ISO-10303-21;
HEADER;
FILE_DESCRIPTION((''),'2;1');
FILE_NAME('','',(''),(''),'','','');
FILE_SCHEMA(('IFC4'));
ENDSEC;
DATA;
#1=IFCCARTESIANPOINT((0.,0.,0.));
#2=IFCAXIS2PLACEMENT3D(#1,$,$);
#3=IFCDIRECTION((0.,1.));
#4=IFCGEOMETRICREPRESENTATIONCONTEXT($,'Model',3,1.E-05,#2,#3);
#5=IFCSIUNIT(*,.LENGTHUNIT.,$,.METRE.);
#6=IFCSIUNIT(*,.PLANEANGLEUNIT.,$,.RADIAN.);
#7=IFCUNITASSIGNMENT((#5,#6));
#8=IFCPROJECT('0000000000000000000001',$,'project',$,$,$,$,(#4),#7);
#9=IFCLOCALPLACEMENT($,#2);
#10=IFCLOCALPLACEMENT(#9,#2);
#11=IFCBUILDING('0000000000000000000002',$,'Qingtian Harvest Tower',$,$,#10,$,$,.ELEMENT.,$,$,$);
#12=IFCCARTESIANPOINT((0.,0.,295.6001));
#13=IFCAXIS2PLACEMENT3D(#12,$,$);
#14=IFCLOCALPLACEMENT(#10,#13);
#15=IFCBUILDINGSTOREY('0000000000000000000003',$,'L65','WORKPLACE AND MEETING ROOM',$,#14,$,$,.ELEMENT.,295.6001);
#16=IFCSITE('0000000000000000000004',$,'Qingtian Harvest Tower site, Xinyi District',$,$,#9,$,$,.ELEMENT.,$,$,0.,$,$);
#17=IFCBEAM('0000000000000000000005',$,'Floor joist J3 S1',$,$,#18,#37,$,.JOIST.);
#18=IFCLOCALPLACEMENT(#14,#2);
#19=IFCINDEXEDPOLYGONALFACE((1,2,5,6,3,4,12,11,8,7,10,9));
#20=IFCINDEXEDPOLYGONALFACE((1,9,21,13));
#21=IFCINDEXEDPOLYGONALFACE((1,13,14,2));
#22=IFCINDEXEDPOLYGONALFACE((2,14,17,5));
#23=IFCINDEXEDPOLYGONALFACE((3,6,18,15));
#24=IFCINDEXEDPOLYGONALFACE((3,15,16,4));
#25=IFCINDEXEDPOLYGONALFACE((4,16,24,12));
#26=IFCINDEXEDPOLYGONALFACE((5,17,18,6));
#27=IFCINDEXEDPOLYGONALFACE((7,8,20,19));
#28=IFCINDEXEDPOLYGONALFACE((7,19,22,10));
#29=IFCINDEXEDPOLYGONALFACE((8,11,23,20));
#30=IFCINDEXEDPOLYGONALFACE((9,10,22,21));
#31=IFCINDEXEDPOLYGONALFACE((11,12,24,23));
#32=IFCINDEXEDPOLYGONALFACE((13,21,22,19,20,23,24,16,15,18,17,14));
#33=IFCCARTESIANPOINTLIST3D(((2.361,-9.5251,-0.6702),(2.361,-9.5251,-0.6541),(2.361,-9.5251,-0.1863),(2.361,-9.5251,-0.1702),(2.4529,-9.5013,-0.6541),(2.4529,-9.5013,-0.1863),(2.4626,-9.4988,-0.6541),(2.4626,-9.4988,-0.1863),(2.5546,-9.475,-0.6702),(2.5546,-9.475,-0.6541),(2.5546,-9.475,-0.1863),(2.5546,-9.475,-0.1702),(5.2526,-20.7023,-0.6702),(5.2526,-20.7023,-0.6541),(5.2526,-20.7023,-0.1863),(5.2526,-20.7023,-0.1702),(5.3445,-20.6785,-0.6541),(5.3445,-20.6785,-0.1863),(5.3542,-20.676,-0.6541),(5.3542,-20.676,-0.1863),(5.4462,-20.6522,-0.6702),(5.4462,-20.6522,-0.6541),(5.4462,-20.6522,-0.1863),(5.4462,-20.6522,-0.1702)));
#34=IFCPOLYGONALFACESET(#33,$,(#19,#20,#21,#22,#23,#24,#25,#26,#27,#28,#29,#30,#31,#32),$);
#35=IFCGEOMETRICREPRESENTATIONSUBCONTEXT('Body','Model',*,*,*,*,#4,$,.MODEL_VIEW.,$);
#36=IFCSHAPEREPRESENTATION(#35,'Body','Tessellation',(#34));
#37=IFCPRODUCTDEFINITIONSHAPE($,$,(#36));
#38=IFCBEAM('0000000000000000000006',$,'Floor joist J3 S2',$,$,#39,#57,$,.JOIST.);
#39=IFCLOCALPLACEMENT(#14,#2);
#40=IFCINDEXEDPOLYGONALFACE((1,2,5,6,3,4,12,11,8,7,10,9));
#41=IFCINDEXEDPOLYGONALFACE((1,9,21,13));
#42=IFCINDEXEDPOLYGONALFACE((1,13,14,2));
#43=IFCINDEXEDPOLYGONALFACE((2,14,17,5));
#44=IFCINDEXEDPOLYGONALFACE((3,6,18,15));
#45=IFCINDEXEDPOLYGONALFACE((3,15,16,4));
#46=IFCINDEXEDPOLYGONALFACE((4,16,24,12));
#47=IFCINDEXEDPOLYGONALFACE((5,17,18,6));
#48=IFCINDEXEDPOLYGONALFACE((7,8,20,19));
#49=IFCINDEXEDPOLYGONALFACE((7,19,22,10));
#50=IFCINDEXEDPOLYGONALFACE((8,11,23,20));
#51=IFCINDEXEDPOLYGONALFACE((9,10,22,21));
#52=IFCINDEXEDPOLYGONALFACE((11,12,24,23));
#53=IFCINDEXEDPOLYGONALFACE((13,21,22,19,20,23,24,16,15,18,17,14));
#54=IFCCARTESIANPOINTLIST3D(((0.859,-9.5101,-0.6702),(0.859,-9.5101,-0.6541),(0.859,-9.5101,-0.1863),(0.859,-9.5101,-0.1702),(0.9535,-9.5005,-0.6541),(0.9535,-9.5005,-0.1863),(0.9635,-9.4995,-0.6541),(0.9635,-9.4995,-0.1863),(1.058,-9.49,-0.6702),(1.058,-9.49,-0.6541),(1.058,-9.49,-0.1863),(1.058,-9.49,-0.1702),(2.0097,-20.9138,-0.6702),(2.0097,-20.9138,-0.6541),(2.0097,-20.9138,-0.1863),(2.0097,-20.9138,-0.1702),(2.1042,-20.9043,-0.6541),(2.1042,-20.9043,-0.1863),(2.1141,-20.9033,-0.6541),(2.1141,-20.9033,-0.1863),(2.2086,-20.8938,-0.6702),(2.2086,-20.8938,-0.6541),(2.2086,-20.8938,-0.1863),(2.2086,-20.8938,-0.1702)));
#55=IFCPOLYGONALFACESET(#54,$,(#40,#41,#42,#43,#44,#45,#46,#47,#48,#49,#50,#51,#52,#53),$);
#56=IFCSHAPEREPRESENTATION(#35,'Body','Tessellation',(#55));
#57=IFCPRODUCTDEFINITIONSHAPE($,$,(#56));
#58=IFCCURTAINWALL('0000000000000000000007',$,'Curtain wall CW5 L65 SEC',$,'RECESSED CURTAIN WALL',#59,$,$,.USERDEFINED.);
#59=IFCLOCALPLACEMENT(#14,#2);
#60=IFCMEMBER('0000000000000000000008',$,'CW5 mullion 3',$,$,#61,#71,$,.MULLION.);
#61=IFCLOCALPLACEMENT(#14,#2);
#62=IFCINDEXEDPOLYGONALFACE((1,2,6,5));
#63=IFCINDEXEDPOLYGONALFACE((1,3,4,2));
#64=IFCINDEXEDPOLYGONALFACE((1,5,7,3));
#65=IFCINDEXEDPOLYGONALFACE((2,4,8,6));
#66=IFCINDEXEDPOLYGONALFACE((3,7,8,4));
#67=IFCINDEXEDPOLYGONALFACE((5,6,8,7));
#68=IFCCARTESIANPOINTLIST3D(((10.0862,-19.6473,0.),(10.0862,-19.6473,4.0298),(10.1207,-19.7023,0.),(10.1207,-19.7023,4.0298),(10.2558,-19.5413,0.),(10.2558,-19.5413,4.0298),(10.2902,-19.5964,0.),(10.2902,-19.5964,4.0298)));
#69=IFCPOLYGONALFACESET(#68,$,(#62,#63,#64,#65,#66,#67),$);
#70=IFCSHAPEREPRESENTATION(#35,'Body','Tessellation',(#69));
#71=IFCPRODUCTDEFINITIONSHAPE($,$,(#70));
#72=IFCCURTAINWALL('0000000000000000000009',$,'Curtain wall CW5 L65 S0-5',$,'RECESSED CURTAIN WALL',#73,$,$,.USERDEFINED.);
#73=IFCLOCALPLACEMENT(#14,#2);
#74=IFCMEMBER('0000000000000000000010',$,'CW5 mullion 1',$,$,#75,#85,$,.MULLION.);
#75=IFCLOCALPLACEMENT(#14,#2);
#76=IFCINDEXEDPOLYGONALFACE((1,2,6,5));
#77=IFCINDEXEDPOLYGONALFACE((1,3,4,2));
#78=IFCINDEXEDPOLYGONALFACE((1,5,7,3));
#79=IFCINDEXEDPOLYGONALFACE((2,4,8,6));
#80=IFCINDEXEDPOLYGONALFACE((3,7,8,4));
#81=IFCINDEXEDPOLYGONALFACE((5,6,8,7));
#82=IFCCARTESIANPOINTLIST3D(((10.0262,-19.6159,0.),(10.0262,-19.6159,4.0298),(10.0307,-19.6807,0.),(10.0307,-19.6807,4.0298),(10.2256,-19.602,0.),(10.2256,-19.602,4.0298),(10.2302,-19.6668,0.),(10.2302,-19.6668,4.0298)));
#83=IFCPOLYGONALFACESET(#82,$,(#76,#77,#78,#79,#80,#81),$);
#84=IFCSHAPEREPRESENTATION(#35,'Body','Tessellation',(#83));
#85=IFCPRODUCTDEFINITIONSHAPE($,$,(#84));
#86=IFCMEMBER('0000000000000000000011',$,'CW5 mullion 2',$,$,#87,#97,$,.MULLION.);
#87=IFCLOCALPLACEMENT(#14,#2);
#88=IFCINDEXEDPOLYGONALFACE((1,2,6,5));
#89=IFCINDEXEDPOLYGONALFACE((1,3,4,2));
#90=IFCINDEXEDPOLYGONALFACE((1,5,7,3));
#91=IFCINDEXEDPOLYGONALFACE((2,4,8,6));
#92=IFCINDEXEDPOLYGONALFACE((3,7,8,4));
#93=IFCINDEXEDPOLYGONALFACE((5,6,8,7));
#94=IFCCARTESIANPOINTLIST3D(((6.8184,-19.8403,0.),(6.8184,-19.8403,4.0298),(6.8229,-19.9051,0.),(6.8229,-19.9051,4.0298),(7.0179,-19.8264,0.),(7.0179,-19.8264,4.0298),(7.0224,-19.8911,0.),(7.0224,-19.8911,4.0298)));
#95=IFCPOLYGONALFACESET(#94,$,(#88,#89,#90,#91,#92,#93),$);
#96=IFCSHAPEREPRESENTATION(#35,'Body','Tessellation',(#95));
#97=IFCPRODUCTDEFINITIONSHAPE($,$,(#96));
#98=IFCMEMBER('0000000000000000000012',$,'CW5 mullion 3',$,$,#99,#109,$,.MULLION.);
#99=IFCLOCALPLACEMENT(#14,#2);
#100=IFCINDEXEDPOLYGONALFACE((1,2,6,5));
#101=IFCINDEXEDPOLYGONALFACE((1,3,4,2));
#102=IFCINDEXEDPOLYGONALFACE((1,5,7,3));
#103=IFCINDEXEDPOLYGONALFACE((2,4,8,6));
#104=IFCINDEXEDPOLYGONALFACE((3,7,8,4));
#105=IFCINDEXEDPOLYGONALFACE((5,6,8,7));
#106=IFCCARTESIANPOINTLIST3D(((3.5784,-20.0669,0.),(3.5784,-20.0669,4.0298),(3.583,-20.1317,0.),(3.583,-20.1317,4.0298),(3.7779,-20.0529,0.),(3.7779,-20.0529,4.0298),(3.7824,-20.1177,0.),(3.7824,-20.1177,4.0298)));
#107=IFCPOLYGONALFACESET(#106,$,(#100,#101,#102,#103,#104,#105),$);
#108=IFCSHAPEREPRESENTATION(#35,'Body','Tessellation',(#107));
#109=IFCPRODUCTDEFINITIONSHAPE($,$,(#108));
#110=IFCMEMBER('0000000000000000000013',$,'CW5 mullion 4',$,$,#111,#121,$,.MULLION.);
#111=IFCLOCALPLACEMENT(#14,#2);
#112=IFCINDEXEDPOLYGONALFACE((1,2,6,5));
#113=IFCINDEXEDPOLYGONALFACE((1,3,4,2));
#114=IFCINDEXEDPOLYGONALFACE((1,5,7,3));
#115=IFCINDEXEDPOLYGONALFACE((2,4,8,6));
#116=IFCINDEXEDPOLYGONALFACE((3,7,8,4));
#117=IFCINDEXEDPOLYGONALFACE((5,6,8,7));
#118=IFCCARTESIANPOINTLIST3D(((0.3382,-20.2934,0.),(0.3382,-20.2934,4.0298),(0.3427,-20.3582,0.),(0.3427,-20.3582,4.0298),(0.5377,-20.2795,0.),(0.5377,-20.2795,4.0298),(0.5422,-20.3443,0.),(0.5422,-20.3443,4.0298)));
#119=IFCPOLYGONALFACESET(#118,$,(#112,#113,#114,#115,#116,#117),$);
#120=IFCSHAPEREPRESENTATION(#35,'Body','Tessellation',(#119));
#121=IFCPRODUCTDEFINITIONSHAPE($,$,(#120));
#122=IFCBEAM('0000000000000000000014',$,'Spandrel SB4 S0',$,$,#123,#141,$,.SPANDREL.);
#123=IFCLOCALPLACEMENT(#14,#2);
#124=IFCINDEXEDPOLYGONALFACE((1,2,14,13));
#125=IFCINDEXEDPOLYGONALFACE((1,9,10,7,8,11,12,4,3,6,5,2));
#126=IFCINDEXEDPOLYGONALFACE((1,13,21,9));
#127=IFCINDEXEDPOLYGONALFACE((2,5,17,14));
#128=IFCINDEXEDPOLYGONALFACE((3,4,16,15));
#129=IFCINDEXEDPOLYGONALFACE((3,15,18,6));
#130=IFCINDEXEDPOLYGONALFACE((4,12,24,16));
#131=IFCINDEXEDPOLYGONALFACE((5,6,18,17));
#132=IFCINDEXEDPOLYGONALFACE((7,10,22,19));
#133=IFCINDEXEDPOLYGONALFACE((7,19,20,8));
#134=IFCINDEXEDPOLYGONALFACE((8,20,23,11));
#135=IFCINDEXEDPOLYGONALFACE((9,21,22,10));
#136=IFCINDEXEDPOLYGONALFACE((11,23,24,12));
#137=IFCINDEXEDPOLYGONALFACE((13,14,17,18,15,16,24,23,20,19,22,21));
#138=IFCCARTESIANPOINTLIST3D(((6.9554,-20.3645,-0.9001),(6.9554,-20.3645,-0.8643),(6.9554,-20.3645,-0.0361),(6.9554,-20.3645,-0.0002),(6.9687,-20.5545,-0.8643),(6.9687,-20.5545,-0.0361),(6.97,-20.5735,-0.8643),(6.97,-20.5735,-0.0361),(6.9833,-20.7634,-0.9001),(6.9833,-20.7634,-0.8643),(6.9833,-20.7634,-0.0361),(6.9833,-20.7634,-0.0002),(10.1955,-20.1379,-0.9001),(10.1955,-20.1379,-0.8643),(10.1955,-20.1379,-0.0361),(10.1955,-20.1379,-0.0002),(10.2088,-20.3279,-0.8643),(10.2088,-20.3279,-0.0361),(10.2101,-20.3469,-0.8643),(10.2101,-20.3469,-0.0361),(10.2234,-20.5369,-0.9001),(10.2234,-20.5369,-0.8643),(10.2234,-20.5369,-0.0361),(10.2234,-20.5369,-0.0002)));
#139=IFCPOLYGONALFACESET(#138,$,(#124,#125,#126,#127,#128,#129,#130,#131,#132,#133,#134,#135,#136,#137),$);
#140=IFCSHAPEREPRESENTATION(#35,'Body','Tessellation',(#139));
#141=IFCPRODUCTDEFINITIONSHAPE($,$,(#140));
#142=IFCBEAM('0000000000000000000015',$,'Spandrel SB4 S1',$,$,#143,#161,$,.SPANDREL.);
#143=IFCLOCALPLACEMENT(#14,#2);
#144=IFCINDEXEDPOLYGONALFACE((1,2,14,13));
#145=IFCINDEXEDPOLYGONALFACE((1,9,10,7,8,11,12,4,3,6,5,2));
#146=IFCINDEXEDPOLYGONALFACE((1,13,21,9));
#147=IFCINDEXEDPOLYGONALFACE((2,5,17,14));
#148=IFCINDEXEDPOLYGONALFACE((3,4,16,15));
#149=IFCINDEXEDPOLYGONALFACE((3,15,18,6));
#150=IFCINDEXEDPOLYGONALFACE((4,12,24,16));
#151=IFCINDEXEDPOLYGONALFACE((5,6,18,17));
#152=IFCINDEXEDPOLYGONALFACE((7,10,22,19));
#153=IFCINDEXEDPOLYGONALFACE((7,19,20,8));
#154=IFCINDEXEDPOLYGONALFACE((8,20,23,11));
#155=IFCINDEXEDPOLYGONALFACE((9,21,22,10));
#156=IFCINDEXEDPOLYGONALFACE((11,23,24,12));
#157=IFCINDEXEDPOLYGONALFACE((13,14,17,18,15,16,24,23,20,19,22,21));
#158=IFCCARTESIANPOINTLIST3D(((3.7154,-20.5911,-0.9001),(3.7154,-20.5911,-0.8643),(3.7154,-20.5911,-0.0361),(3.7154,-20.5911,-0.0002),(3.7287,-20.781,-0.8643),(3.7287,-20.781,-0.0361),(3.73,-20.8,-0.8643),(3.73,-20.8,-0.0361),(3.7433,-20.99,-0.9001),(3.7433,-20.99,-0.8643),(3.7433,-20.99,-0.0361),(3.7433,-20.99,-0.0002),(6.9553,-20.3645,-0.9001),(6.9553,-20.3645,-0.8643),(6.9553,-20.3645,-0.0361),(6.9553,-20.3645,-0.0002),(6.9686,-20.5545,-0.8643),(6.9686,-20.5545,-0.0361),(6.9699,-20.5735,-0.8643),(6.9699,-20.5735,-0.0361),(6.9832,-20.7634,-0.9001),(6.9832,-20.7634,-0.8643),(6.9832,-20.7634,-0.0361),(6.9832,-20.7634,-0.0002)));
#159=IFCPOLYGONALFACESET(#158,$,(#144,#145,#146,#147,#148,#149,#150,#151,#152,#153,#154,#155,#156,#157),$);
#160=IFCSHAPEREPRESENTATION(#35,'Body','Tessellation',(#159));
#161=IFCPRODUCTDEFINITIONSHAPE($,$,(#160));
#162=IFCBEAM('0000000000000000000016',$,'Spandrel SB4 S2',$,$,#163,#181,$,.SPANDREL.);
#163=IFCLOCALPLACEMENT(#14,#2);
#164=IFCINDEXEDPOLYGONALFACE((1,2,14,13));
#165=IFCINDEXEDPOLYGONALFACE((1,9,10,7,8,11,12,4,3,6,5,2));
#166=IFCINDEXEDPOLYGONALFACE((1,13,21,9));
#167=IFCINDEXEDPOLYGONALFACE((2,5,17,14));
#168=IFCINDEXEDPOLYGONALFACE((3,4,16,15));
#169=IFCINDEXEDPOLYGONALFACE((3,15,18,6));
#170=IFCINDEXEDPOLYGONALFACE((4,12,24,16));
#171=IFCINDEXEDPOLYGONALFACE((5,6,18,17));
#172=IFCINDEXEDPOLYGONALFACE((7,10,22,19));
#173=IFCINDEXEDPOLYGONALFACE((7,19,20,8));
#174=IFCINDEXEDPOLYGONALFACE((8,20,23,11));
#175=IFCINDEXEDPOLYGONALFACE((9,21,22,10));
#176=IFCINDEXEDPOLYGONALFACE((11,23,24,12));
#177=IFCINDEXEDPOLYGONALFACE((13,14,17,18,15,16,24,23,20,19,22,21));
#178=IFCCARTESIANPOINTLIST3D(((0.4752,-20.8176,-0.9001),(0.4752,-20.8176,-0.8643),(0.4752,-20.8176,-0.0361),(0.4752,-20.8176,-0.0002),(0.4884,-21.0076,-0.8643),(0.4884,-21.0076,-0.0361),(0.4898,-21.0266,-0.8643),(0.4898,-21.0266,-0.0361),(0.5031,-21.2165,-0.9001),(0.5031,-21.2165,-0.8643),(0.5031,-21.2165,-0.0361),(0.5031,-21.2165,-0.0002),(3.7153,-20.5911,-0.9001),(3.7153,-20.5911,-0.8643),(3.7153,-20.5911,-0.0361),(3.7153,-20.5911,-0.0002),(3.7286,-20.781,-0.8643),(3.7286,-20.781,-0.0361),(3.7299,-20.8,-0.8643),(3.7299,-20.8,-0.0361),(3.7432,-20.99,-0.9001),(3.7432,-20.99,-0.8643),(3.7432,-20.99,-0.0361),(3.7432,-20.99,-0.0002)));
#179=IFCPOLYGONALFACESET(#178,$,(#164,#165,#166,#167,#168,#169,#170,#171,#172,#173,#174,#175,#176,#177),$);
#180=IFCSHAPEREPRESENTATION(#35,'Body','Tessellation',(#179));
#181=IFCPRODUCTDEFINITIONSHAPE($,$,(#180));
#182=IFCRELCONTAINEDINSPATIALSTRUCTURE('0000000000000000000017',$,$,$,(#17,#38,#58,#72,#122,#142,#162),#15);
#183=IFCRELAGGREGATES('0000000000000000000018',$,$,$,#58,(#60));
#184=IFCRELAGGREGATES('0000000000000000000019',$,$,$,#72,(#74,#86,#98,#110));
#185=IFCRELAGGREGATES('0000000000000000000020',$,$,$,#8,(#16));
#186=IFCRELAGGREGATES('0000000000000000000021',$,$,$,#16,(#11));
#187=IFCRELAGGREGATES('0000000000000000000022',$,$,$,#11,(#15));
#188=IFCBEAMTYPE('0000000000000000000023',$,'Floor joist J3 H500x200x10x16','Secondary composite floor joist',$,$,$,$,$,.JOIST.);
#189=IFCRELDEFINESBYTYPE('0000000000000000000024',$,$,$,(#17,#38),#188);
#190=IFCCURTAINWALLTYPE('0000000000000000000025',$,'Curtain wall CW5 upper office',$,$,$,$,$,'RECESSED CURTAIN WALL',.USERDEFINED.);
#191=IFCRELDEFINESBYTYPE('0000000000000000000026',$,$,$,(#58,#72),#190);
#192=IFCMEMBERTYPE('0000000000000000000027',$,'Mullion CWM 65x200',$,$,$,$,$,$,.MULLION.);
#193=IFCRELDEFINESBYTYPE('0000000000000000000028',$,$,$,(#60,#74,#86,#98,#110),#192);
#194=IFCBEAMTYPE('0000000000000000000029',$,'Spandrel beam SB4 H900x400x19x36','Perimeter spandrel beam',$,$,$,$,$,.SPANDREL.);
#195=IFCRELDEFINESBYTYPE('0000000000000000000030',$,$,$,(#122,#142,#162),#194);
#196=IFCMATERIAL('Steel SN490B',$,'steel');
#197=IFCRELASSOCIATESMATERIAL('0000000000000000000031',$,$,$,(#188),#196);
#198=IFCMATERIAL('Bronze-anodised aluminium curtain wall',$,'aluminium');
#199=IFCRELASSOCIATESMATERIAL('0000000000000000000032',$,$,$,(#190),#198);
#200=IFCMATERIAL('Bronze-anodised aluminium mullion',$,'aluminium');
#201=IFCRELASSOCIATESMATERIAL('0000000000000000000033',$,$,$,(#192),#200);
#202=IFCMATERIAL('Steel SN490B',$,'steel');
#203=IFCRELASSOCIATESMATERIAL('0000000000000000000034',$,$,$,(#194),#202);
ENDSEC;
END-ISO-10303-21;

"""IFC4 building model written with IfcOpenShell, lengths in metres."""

from ifc_helpers import new_model, si_unit, direction, frame, origin, origin_2d, place, context, subcontext, project, spatial, rectangle, i_section, extrude, material, material_profile, profile_set, type_object, element, aggregate, save


model = new_model("IFC4")

# Units and contexts
model_context = context("Model", 3, precision=1e-05, world=origin(), true_north=direction((0.0, 1.0)))
body_context = subcontext(model_context, "Body", "Model", "MODEL_VIEW")
ifc_project = project(units=[si_unit("LENGTHUNIT", "METRE"), si_unit("PLANEANGLEUNIT", "RADIAN")], contexts=[model_context])

# Site, building, storey
site_placement = place(None, origin())
site = spatial("IfcSite", under=ifc_project, at=site_placement, Name="Qingtian Harvest Tower site, Xinyi District", CompositionType="ELEMENT", RefElevation=0.0)
building_placement = place(site_placement, origin())
building = spatial("IfcBuilding", under=site, at=building_placement, Name="Qingtian Harvest Tower", CompositionType="ELEMENT")
storey_placement = place(building_placement, frame((0.0, 0.0, 295.6001)))
storey = spatial("IfcBuildingStorey", under=building, at=storey_placement, Name="L65", Description="WORKPLACE AND MEETING ROOM", CompositionType="ELEMENT", Elevation=295.6001)

# Beams
ifc_material_1 = material(Name="Steel SN490B", Category="steel")
ifc_material_profile_1 = material_profile(ifc_material_1, i_section(OverallWidth=0.2, OverallDepth=0.5, WebThickness=0.01, FlangeThickness=0.0161, at=origin_2d()), Name="H500x200x10x16")
ifc_profile_set_1 = profile_set([ifc_material_profile_1], Name="Steel SN490B")
beam_type_1 = type_object("IfcBeamType", Name="Floor joist J3 H500x200x10x16", Description="Secondary composite floor joist", PredefinedType="JOIST", material=ifc_profile_set_1)
beam_1_placement = place(storey_placement, frame((5.3494, -20.6772, -0.4202), z_axis=(-0.250459, 0.968127, 0.0), x_axis=(-0.968127, -0.250459, 0.0)))
element("IfcBeam", 1, at=beam_1_placement, inside=storey, type_object=beam_type_1, Name="Floor joist J3 S1", PredefinedType="JOIST", context=body_context, shape_type="SweptSolid", body=[
    extrude(i_section(OverallWidth=0.2, OverallDepth=0.5, WebThickness=0.01, FlangeThickness=0.0161, at=origin_2d()), origin(), (0.0, 0.0, 1.0), 11.5452),
])
beam_2_placement = place(storey_placement, frame((2.1091, -20.9038, -0.4202), z_axis=(-0.100389, 0.994948, 0.0), x_axis=(-0.994948, -0.100389, 0.0)))
element("IfcBeam", 2, at=beam_2_placement, inside=storey, type_object=beam_type_1, Name="Floor joist J3 S2", PredefinedType="JOIST", context=body_context, shape_type="SweptSolid", body=[
    extrude(i_section(OverallWidth=0.2, OverallDepth=0.5, WebThickness=0.01, FlangeThickness=0.0161, at=origin_2d()), origin(), (0.0, 0.0, 1.0), 11.4617),
])

# Curtain wall, member
ifc_material_2 = material(Name="Bronze-anodised aluminium curtain wall", Category="aluminium")
curtain_wall_type = type_object("IfcCurtainWallType", Name="Curtain wall CW5 upper office", ElementType="RECESSED CURTAIN WALL", PredefinedType="USERDEFINED", material=ifc_material_2)
curtain_wall_1_placement = place(storey_placement, origin())
curtain_wall_1 = element("IfcCurtainWall", 3, at=curtain_wall_1_placement, inside=storey, type_object=curtain_wall_type, Name="Curtain wall CW5 L65 SEC", ObjectType="RECESSED CURTAIN WALL", PredefinedType="USERDEFINED")
ifc_material_3 = material(Name="Bronze-anodised aluminium mullion", Category="aluminium")
ifc_material_profile_2 = material_profile(ifc_material_3, rectangle(XDim=0.0649, YDim=0.2, at=origin_2d()), Name="AL 65x200")
ifc_profile_set_2 = profile_set([ifc_material_profile_2], Name="Bronze-anodised aluminium mullion")
member_type_1 = type_object("IfcMemberType", Name="Mullion CWM 65x200", PredefinedType="MULLION", material=ifc_profile_set_2)
member_1_placement = place(storey_placement, frame((10.1882, -19.6218, 0.0), z_axis=(0.0, 0.0, 1.0), x_axis=(0.529919, -0.848048, 0.0)))
member_1 = element("IfcMember", 4, at=member_1_placement, type_object=member_type_1, Name="CW5 mullion 3", PredefinedType="MULLION", context=body_context, shape_type="SweptSolid", body=[
    extrude(rectangle(XDim=0.0649, YDim=0.2, at=origin_2d()), origin(), (0.0, 0.0, 1.0), 4.0298),
])

# Curtain wall, members
curtain_wall_2_placement = place(storey_placement, origin())
curtain_wall_2 = element("IfcCurtainWall", 5, at=curtain_wall_2_placement, inside=storey, type_object=curtain_wall_type, Name="Curtain wall CW5 L65 S0-5", ObjectType="RECESSED CURTAIN WALL", PredefinedType="USERDEFINED")
member_2_placement = place(storey_placement, frame((10.1282, -19.6414, 0.0), z_axis=(0.0, 0.0, 1.0), x_axis=(0.069756, -0.997564, 0.0)))
member_2 = element("IfcMember", 6, at=member_2_placement, type_object=member_type_1, Name="CW5 mullion 1", PredefinedType="MULLION", context=body_context, shape_type="SweptSolid", body=[
    extrude(rectangle(XDim=0.0649, YDim=0.2, at=origin_2d()), origin(), (0.0, 0.0, 1.0), 4.0298),
])
member_3_placement = place(storey_placement, frame((6.9204, -19.8657, 0.0), z_axis=(0.0, 0.0, 1.0), x_axis=(0.069756, -0.997564, 0.0)))
member_3 = element("IfcMember", 7, at=member_3_placement, type_object=member_type_1, Name="CW5 mullion 2", PredefinedType="MULLION", context=body_context, shape_type="SweptSolid", body=[
    extrude(rectangle(XDim=0.0649, YDim=0.2, at=origin_2d()), origin(), (0.0, 0.0, 1.0), 4.0298),
])
member_4_placement = place(storey_placement, frame((3.6804, -20.0923, 0.0), z_axis=(0.0, 0.0, 1.0), x_axis=(0.069756, -0.997564, 0.0)))
member_4 = element("IfcMember", 8, at=member_4_placement, type_object=member_type_1, Name="CW5 mullion 3", PredefinedType="MULLION", context=body_context, shape_type="SweptSolid", body=[
    extrude(rectangle(XDim=0.0649, YDim=0.2, at=origin_2d()), origin(), (0.0, 0.0, 1.0), 4.0298),
])
member_5_placement = place(storey_placement, frame((0.4402, -20.3188, 0.0), z_axis=(0.0, 0.0, 1.0), x_axis=(0.069756, -0.997564, 0.0)))
member_5 = element("IfcMember", 9, at=member_5_placement, type_object=member_type_1, Name="CW5 mullion 4", PredefinedType="MULLION", context=body_context, shape_type="SweptSolid", body=[
    extrude(rectangle(XDim=0.0649, YDim=0.2, at=origin_2d()), origin(), (0.0, 0.0, 1.0), 4.0298),
])

# Beams
ifc_material_4 = material(Name="Steel SN490B", Category="steel")
ifc_material_profile_3 = material_profile(ifc_material_4, i_section(OverallWidth=0.3999, OverallDepth=0.8999, WebThickness=0.019, FlangeThickness=0.0359, at=origin_2d()), Name="H900x400x19x36")
ifc_profile_set_3 = profile_set([ifc_material_profile_3], Name="Steel SN490B")
beam_type_2 = type_object("IfcBeamType", Name="Spandrel beam SB4 H900x400x19x36", Description="Perimeter spandrel beam", PredefinedType="SPANDREL", material=ifc_profile_set_3)
beam_3_placement = place(storey_placement, frame((10.2095, -20.3374, -0.4502), z_axis=(-0.997564, -0.069751, 0.0), x_axis=(0.069751, -0.997564, 0.0)))
element("IfcBeam", 10, at=beam_3_placement, inside=storey, type_object=beam_type_2, Name="Spandrel SB4 S0", PredefinedType="SPANDREL", context=body_context, shape_type="SweptSolid", body=[
    extrude(i_section(OverallWidth=0.3999, OverallDepth=0.8999, WebThickness=0.019, FlangeThickness=0.0359, at=origin_2d()), origin(), (0.0, 0.0, 1.0), 3.248),
])
beam_4_placement = place(storey_placement, frame((6.9692, -20.564, -0.4502), z_axis=(-0.997564, -0.069757, 0.0), x_axis=(0.069757, -0.997564, 0.0)))
element("IfcBeam", 11, at=beam_4_placement, inside=storey, type_object=beam_type_2, Name="Spandrel SB4 S1", PredefinedType="SPANDREL", context=body_context, shape_type="SweptSolid", body=[
    extrude(i_section(OverallWidth=0.3999, OverallDepth=0.8999, WebThickness=0.019, FlangeThickness=0.0359, at=origin_2d()), origin(), (0.0, 0.0, 1.0), 3.2478),
])
beam_5_placement = place(storey_placement, frame((3.7292, -20.7905, -0.4502), z_axis=(-0.997564, -0.069751, 0.0), x_axis=(0.069751, -0.997564, 0.0)))
element("IfcBeam", 12, at=beam_5_placement, inside=storey, type_object=beam_type_2, Name="Spandrel SB4 S2", PredefinedType="SPANDREL", context=body_context, shape_type="SweptSolid", body=[
    extrude(i_section(OverallWidth=0.3999, OverallDepth=0.8999, WebThickness=0.019, FlangeThickness=0.0359, at=origin_2d()), origin(), (0.0, 0.0, 1.0), 3.248),
])

aggregate(curtain_wall_1, [member_1])
aggregate(curtain_wall_2, [member_2, member_3, member_4, member_5])

save(model, "model.ifc")
